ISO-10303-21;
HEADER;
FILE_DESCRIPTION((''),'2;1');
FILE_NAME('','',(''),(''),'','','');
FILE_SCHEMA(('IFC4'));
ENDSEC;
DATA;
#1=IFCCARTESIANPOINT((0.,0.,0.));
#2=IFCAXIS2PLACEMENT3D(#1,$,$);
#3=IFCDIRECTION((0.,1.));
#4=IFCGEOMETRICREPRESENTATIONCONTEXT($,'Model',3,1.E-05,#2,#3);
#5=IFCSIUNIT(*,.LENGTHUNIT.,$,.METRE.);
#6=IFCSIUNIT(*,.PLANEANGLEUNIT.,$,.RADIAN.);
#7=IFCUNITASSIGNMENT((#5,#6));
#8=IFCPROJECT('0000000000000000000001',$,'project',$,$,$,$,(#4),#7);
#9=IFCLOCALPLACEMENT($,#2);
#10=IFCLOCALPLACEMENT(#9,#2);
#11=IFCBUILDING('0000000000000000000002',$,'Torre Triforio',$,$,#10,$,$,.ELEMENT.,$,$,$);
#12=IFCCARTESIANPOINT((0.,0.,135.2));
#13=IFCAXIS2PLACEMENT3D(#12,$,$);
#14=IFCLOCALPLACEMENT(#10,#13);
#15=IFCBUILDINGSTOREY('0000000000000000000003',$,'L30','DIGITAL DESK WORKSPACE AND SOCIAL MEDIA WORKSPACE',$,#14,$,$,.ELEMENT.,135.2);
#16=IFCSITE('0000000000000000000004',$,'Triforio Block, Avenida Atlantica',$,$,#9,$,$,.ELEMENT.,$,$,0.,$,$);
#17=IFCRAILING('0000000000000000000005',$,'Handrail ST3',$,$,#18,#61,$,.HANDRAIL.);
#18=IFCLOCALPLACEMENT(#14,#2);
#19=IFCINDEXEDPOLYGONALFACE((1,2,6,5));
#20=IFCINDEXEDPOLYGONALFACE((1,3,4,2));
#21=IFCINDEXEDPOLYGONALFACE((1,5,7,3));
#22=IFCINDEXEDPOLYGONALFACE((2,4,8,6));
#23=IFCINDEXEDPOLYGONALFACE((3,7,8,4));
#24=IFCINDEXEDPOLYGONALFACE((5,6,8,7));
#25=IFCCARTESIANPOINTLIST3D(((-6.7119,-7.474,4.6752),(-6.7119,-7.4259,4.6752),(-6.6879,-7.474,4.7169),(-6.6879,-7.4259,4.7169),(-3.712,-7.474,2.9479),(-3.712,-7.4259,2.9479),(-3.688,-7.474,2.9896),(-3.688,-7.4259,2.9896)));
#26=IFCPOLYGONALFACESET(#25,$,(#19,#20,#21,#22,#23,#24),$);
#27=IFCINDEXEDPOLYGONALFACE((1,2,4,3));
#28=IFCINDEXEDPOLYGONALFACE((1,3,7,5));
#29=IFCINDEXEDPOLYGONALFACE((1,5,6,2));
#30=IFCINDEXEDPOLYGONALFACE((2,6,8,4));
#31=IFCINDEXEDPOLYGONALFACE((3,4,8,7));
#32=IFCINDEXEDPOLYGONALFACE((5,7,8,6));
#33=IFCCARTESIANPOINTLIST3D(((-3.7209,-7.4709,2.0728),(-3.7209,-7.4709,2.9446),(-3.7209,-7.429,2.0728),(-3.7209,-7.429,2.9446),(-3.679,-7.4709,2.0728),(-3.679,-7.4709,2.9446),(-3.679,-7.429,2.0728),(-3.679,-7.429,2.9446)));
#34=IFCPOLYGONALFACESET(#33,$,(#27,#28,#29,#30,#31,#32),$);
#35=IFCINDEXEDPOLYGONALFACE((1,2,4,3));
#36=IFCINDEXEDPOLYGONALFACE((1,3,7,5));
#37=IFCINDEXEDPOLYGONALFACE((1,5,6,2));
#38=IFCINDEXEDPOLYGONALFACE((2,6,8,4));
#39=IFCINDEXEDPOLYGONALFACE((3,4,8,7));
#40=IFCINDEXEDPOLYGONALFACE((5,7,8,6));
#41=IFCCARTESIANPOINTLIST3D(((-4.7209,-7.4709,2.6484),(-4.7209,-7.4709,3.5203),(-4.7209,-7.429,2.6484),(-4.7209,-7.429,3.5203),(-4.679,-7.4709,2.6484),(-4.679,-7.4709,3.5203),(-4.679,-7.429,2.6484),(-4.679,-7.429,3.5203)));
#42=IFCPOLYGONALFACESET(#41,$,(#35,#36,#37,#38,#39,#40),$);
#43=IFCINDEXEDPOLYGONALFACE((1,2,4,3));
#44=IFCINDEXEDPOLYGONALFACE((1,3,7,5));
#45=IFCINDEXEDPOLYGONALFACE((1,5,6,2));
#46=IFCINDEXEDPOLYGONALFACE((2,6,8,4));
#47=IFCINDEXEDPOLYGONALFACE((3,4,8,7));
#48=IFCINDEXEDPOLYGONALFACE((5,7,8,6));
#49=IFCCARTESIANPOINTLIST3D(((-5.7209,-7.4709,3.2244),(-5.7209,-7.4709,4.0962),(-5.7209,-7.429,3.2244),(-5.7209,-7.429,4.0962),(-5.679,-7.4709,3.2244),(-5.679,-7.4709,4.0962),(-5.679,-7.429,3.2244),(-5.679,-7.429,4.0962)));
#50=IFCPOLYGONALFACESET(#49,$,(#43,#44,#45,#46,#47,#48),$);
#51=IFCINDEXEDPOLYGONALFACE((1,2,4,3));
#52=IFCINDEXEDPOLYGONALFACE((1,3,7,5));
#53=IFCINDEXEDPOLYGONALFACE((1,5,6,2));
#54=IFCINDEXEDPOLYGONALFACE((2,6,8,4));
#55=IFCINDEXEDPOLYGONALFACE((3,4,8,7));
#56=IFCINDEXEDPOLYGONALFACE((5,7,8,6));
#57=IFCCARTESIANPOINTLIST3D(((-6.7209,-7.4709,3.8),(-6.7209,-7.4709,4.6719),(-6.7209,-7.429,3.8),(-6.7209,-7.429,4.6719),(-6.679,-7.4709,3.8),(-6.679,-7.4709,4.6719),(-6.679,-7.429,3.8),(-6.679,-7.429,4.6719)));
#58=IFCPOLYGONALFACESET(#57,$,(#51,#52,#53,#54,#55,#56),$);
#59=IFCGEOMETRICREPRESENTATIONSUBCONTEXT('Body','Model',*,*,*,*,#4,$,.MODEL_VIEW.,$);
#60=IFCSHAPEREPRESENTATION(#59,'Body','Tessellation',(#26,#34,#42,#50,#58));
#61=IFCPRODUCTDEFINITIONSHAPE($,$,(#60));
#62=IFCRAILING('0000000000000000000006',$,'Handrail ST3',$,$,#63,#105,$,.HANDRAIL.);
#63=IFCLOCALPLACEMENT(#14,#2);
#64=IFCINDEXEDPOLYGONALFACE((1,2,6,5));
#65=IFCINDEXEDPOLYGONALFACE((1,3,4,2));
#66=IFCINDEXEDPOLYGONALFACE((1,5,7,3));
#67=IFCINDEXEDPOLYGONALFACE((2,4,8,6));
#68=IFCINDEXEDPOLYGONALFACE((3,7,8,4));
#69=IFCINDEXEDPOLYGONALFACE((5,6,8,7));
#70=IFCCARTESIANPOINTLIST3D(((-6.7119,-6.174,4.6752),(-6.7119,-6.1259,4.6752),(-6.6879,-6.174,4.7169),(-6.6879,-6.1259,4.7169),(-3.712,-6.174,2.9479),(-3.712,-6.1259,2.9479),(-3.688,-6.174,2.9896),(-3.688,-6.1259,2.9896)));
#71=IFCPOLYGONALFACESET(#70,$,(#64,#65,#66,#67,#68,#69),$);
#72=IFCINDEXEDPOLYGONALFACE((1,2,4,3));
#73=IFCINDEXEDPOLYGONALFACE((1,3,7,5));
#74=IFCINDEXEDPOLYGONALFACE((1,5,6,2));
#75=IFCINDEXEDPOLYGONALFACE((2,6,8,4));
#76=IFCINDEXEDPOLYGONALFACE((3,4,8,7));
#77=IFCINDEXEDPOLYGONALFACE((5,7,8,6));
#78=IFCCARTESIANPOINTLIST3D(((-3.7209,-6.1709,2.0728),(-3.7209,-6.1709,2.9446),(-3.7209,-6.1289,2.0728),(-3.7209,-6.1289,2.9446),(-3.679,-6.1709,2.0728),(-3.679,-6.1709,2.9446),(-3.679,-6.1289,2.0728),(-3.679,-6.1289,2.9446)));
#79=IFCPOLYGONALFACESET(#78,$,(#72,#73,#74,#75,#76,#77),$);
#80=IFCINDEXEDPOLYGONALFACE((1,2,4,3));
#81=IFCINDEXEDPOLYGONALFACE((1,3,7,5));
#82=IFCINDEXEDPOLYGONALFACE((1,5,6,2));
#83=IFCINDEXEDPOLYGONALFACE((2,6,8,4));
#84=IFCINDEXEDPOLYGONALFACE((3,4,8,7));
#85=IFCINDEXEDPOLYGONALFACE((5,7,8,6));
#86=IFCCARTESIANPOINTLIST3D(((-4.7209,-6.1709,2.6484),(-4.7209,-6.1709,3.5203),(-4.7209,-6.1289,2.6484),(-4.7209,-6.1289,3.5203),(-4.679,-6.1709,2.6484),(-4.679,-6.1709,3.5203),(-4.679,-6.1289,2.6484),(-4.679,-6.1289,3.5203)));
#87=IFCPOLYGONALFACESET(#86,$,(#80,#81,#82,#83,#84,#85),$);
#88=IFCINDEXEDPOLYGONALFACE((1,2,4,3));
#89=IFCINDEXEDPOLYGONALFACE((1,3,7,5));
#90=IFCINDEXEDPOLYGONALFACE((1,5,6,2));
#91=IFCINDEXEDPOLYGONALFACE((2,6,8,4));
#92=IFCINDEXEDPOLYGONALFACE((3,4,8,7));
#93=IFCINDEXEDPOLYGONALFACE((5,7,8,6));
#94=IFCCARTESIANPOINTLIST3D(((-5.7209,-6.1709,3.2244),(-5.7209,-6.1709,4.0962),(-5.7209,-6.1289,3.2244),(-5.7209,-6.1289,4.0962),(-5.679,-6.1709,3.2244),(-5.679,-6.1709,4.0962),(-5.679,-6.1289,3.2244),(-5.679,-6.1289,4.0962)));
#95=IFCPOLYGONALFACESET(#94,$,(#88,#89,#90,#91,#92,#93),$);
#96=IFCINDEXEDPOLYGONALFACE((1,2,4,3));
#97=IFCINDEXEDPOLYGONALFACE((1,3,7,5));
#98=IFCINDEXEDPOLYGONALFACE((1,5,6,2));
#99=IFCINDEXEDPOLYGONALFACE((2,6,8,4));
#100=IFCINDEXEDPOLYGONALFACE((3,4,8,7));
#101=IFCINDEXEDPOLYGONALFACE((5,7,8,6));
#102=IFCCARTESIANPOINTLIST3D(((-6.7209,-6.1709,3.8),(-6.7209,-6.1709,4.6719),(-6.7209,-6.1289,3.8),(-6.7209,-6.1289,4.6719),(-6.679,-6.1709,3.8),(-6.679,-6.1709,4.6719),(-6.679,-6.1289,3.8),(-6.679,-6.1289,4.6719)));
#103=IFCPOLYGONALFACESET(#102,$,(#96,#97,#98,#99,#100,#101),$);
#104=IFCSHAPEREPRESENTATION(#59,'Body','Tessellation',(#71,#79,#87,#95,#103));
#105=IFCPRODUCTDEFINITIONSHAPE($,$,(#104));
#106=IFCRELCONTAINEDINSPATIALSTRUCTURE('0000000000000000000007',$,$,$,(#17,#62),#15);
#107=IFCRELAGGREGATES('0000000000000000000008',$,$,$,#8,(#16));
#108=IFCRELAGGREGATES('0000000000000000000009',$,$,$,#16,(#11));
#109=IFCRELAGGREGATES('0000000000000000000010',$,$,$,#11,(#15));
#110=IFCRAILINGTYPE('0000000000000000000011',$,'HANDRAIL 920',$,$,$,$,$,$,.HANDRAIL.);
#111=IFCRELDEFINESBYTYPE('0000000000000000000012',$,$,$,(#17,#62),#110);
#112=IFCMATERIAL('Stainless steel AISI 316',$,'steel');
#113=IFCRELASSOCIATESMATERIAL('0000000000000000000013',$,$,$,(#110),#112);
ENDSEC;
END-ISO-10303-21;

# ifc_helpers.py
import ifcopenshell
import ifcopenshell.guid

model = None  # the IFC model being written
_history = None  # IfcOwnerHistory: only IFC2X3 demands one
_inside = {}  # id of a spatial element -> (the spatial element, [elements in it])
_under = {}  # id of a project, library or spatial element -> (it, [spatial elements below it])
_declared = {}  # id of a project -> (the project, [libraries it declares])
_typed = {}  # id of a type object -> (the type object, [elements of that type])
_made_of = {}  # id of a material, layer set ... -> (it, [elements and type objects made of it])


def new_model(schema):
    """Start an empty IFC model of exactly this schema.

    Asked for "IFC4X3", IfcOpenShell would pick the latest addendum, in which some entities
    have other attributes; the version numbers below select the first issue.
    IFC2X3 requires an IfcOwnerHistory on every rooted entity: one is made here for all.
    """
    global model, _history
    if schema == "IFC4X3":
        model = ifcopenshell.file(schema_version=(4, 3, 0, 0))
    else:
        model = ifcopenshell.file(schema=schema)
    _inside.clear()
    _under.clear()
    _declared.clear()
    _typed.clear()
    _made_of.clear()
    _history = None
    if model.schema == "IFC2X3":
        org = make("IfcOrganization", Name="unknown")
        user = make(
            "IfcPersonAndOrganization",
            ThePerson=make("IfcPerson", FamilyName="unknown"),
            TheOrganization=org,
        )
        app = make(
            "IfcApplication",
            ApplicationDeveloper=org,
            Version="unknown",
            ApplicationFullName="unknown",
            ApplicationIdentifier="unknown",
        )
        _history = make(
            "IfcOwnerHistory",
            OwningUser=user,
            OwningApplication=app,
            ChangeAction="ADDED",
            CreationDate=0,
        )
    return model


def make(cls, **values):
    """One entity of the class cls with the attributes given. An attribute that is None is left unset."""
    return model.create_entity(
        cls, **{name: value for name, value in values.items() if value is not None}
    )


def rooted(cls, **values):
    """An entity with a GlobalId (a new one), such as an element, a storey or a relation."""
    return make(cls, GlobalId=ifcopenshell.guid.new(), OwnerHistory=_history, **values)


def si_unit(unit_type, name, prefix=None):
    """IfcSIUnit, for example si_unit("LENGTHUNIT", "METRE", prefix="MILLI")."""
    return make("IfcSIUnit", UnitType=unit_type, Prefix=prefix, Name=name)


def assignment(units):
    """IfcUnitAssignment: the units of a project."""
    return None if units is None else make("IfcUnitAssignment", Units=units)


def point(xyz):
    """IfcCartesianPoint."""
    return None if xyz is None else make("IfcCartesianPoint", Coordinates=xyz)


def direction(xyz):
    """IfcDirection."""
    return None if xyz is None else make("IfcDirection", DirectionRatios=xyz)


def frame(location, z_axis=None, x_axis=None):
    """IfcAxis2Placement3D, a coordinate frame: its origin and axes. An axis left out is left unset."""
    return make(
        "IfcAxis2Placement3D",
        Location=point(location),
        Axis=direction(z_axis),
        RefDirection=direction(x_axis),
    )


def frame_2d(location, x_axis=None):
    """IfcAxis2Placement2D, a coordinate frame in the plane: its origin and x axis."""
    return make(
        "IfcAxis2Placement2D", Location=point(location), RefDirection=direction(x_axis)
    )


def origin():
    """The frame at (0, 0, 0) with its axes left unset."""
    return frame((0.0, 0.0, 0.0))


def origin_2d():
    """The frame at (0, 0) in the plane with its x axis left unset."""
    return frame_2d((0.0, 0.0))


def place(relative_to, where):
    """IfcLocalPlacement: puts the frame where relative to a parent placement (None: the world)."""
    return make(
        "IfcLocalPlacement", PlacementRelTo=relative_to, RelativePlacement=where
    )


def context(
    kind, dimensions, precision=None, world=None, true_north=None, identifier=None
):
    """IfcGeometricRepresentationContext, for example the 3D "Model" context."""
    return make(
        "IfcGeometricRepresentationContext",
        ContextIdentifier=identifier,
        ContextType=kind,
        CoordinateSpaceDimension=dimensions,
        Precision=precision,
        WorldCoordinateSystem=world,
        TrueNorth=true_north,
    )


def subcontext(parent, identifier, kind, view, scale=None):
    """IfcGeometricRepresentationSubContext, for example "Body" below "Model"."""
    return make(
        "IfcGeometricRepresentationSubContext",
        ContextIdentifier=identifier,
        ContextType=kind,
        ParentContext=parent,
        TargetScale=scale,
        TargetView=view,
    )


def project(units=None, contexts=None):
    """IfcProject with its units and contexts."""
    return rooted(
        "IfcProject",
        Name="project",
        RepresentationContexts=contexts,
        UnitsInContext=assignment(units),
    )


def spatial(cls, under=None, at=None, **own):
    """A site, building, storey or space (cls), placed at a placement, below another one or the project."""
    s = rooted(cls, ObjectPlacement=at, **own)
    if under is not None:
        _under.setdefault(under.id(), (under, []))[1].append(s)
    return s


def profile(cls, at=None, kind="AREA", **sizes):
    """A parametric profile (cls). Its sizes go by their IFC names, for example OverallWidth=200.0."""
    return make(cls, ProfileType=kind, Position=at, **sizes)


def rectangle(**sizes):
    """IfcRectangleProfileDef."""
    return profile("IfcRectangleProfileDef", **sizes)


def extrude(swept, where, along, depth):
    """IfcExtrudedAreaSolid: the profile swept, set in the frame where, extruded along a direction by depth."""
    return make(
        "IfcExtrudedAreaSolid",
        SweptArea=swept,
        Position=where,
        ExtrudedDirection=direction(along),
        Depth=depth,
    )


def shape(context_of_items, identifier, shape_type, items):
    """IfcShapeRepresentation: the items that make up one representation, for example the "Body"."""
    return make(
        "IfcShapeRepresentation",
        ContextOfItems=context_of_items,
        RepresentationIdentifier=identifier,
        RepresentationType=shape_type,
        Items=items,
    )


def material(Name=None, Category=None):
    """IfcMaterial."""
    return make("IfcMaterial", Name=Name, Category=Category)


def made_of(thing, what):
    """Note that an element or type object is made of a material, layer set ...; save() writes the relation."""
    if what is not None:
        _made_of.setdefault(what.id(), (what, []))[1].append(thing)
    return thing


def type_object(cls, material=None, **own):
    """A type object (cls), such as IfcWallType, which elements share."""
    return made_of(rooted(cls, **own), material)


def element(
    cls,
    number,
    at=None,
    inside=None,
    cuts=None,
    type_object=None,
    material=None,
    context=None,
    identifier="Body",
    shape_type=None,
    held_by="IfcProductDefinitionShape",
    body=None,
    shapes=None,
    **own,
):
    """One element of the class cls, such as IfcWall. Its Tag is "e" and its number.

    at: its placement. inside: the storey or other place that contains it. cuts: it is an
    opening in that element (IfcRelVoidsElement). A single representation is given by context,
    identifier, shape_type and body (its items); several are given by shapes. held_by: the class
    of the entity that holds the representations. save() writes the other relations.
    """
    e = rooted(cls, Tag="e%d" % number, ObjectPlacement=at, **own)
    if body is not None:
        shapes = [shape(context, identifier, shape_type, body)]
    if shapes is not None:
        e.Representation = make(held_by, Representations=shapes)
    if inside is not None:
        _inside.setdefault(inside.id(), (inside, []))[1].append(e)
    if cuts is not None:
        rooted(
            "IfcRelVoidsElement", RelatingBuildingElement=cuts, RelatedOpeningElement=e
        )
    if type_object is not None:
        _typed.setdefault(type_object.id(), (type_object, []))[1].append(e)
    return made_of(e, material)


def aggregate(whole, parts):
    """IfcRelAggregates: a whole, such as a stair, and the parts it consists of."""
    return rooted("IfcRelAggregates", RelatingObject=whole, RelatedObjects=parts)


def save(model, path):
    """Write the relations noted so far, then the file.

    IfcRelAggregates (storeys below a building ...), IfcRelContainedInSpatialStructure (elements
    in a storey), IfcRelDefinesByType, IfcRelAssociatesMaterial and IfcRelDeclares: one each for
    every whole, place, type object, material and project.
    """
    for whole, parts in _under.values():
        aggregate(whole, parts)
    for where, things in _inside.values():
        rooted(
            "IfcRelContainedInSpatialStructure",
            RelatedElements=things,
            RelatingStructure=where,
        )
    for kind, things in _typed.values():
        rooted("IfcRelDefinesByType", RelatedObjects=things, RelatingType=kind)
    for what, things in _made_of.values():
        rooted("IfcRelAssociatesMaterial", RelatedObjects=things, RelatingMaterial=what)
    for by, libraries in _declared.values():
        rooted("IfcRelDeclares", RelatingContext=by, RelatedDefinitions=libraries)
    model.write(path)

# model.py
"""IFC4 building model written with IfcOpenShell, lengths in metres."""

from ifc_helpers import new_model, si_unit, direction, frame, origin, origin_2d, place, context, subcontext, project, spatial, rectangle, extrude, material, type_object, element, save


model = new_model("IFC4")

# Units and contexts
model_context = context("Model", 3, precision=1e-05, world=origin(), true_north=direction((0.0, 1.0)))
body_context = subcontext(model_context, "Body", "Model", "MODEL_VIEW")
ifc_project = project(units=[si_unit("LENGTHUNIT", "METRE"), si_unit("PLANEANGLEUNIT", "RADIAN")], contexts=[model_context])

# Site, building, storey
site_placement = place(None, origin())
site = spatial("IfcSite", under=ifc_project, at=site_placement, Name="Triforio Block, Avenida Atlantica", CompositionType="ELEMENT", RefElevation=0.0)
building_placement = place(site_placement, origin())
building = spatial("IfcBuilding", under=site, at=building_placement, Name="Torre Triforio", CompositionType="ELEMENT")
storey_placement = place(building_placement, frame((0.0, 0.0, 135.2)))
storey = spatial("IfcBuildingStorey", under=building, at=storey_placement, Name="L30", Description="DIGITAL DESK WORKSPACE AND SOCIAL MEDIA WORKSPACE", CompositionType="ELEMENT", Elevation=135.2)

# Railings
ifc_material_1 = material(Name="Stainless steel AISI 316", Category="steel")
railing_type = type_object("IfcRailingType", Name="HANDRAIL 920", PredefinedType="HANDRAIL", material=ifc_material_1)
for number, where, name in (
    (1, (-3.7, -7.45, 2.0728), "Handrail ST3"),
    (2, (-3.7, -6.1499, 2.0728), "Handrail ST3"),
):
    element("IfcRailing", number, at=place(storey_placement, frame(where)), inside=storey, type_object=railing_type, Name=name, PredefinedType="HANDRAIL", context=body_context, shape_type="SweptSolid", body=[
        extrude(rectangle(XDim=0.0481, YDim=0.0481, at=origin_2d()), frame((0.0, 0.0, 0.896), z_axis=(-0.86662, 0.0, 0.498969), x_axis=(0.0, -1.0, 0.0)), (0.0, 0.0, 1.0), 3.4617),
        extrude(rectangle(XDim=0.042, YDim=0.042, at=origin_2d()), origin(), (0.0, 0.0, 1.0), 0.8718),
        extrude(rectangle(XDim=0.042, YDim=0.042, at=origin_2d()), frame((-1.0, 0.0, 0.5757)), (0.0, 0.0, 1.0), 0.8718),
        extrude(rectangle(XDim=0.042, YDim=0.042, at=origin_2d()), frame((-2.0, 0.0, 1.1516)), (0.0, 0.0, 1.0), 0.8718),
        extrude(rectangle(XDim=0.042, YDim=0.042, at=origin_2d()), frame((-3.0, 0.0, 1.7273)), (0.0, 0.0, 1.0), 0.8718),
    ])

save(model, "model.ifc")
